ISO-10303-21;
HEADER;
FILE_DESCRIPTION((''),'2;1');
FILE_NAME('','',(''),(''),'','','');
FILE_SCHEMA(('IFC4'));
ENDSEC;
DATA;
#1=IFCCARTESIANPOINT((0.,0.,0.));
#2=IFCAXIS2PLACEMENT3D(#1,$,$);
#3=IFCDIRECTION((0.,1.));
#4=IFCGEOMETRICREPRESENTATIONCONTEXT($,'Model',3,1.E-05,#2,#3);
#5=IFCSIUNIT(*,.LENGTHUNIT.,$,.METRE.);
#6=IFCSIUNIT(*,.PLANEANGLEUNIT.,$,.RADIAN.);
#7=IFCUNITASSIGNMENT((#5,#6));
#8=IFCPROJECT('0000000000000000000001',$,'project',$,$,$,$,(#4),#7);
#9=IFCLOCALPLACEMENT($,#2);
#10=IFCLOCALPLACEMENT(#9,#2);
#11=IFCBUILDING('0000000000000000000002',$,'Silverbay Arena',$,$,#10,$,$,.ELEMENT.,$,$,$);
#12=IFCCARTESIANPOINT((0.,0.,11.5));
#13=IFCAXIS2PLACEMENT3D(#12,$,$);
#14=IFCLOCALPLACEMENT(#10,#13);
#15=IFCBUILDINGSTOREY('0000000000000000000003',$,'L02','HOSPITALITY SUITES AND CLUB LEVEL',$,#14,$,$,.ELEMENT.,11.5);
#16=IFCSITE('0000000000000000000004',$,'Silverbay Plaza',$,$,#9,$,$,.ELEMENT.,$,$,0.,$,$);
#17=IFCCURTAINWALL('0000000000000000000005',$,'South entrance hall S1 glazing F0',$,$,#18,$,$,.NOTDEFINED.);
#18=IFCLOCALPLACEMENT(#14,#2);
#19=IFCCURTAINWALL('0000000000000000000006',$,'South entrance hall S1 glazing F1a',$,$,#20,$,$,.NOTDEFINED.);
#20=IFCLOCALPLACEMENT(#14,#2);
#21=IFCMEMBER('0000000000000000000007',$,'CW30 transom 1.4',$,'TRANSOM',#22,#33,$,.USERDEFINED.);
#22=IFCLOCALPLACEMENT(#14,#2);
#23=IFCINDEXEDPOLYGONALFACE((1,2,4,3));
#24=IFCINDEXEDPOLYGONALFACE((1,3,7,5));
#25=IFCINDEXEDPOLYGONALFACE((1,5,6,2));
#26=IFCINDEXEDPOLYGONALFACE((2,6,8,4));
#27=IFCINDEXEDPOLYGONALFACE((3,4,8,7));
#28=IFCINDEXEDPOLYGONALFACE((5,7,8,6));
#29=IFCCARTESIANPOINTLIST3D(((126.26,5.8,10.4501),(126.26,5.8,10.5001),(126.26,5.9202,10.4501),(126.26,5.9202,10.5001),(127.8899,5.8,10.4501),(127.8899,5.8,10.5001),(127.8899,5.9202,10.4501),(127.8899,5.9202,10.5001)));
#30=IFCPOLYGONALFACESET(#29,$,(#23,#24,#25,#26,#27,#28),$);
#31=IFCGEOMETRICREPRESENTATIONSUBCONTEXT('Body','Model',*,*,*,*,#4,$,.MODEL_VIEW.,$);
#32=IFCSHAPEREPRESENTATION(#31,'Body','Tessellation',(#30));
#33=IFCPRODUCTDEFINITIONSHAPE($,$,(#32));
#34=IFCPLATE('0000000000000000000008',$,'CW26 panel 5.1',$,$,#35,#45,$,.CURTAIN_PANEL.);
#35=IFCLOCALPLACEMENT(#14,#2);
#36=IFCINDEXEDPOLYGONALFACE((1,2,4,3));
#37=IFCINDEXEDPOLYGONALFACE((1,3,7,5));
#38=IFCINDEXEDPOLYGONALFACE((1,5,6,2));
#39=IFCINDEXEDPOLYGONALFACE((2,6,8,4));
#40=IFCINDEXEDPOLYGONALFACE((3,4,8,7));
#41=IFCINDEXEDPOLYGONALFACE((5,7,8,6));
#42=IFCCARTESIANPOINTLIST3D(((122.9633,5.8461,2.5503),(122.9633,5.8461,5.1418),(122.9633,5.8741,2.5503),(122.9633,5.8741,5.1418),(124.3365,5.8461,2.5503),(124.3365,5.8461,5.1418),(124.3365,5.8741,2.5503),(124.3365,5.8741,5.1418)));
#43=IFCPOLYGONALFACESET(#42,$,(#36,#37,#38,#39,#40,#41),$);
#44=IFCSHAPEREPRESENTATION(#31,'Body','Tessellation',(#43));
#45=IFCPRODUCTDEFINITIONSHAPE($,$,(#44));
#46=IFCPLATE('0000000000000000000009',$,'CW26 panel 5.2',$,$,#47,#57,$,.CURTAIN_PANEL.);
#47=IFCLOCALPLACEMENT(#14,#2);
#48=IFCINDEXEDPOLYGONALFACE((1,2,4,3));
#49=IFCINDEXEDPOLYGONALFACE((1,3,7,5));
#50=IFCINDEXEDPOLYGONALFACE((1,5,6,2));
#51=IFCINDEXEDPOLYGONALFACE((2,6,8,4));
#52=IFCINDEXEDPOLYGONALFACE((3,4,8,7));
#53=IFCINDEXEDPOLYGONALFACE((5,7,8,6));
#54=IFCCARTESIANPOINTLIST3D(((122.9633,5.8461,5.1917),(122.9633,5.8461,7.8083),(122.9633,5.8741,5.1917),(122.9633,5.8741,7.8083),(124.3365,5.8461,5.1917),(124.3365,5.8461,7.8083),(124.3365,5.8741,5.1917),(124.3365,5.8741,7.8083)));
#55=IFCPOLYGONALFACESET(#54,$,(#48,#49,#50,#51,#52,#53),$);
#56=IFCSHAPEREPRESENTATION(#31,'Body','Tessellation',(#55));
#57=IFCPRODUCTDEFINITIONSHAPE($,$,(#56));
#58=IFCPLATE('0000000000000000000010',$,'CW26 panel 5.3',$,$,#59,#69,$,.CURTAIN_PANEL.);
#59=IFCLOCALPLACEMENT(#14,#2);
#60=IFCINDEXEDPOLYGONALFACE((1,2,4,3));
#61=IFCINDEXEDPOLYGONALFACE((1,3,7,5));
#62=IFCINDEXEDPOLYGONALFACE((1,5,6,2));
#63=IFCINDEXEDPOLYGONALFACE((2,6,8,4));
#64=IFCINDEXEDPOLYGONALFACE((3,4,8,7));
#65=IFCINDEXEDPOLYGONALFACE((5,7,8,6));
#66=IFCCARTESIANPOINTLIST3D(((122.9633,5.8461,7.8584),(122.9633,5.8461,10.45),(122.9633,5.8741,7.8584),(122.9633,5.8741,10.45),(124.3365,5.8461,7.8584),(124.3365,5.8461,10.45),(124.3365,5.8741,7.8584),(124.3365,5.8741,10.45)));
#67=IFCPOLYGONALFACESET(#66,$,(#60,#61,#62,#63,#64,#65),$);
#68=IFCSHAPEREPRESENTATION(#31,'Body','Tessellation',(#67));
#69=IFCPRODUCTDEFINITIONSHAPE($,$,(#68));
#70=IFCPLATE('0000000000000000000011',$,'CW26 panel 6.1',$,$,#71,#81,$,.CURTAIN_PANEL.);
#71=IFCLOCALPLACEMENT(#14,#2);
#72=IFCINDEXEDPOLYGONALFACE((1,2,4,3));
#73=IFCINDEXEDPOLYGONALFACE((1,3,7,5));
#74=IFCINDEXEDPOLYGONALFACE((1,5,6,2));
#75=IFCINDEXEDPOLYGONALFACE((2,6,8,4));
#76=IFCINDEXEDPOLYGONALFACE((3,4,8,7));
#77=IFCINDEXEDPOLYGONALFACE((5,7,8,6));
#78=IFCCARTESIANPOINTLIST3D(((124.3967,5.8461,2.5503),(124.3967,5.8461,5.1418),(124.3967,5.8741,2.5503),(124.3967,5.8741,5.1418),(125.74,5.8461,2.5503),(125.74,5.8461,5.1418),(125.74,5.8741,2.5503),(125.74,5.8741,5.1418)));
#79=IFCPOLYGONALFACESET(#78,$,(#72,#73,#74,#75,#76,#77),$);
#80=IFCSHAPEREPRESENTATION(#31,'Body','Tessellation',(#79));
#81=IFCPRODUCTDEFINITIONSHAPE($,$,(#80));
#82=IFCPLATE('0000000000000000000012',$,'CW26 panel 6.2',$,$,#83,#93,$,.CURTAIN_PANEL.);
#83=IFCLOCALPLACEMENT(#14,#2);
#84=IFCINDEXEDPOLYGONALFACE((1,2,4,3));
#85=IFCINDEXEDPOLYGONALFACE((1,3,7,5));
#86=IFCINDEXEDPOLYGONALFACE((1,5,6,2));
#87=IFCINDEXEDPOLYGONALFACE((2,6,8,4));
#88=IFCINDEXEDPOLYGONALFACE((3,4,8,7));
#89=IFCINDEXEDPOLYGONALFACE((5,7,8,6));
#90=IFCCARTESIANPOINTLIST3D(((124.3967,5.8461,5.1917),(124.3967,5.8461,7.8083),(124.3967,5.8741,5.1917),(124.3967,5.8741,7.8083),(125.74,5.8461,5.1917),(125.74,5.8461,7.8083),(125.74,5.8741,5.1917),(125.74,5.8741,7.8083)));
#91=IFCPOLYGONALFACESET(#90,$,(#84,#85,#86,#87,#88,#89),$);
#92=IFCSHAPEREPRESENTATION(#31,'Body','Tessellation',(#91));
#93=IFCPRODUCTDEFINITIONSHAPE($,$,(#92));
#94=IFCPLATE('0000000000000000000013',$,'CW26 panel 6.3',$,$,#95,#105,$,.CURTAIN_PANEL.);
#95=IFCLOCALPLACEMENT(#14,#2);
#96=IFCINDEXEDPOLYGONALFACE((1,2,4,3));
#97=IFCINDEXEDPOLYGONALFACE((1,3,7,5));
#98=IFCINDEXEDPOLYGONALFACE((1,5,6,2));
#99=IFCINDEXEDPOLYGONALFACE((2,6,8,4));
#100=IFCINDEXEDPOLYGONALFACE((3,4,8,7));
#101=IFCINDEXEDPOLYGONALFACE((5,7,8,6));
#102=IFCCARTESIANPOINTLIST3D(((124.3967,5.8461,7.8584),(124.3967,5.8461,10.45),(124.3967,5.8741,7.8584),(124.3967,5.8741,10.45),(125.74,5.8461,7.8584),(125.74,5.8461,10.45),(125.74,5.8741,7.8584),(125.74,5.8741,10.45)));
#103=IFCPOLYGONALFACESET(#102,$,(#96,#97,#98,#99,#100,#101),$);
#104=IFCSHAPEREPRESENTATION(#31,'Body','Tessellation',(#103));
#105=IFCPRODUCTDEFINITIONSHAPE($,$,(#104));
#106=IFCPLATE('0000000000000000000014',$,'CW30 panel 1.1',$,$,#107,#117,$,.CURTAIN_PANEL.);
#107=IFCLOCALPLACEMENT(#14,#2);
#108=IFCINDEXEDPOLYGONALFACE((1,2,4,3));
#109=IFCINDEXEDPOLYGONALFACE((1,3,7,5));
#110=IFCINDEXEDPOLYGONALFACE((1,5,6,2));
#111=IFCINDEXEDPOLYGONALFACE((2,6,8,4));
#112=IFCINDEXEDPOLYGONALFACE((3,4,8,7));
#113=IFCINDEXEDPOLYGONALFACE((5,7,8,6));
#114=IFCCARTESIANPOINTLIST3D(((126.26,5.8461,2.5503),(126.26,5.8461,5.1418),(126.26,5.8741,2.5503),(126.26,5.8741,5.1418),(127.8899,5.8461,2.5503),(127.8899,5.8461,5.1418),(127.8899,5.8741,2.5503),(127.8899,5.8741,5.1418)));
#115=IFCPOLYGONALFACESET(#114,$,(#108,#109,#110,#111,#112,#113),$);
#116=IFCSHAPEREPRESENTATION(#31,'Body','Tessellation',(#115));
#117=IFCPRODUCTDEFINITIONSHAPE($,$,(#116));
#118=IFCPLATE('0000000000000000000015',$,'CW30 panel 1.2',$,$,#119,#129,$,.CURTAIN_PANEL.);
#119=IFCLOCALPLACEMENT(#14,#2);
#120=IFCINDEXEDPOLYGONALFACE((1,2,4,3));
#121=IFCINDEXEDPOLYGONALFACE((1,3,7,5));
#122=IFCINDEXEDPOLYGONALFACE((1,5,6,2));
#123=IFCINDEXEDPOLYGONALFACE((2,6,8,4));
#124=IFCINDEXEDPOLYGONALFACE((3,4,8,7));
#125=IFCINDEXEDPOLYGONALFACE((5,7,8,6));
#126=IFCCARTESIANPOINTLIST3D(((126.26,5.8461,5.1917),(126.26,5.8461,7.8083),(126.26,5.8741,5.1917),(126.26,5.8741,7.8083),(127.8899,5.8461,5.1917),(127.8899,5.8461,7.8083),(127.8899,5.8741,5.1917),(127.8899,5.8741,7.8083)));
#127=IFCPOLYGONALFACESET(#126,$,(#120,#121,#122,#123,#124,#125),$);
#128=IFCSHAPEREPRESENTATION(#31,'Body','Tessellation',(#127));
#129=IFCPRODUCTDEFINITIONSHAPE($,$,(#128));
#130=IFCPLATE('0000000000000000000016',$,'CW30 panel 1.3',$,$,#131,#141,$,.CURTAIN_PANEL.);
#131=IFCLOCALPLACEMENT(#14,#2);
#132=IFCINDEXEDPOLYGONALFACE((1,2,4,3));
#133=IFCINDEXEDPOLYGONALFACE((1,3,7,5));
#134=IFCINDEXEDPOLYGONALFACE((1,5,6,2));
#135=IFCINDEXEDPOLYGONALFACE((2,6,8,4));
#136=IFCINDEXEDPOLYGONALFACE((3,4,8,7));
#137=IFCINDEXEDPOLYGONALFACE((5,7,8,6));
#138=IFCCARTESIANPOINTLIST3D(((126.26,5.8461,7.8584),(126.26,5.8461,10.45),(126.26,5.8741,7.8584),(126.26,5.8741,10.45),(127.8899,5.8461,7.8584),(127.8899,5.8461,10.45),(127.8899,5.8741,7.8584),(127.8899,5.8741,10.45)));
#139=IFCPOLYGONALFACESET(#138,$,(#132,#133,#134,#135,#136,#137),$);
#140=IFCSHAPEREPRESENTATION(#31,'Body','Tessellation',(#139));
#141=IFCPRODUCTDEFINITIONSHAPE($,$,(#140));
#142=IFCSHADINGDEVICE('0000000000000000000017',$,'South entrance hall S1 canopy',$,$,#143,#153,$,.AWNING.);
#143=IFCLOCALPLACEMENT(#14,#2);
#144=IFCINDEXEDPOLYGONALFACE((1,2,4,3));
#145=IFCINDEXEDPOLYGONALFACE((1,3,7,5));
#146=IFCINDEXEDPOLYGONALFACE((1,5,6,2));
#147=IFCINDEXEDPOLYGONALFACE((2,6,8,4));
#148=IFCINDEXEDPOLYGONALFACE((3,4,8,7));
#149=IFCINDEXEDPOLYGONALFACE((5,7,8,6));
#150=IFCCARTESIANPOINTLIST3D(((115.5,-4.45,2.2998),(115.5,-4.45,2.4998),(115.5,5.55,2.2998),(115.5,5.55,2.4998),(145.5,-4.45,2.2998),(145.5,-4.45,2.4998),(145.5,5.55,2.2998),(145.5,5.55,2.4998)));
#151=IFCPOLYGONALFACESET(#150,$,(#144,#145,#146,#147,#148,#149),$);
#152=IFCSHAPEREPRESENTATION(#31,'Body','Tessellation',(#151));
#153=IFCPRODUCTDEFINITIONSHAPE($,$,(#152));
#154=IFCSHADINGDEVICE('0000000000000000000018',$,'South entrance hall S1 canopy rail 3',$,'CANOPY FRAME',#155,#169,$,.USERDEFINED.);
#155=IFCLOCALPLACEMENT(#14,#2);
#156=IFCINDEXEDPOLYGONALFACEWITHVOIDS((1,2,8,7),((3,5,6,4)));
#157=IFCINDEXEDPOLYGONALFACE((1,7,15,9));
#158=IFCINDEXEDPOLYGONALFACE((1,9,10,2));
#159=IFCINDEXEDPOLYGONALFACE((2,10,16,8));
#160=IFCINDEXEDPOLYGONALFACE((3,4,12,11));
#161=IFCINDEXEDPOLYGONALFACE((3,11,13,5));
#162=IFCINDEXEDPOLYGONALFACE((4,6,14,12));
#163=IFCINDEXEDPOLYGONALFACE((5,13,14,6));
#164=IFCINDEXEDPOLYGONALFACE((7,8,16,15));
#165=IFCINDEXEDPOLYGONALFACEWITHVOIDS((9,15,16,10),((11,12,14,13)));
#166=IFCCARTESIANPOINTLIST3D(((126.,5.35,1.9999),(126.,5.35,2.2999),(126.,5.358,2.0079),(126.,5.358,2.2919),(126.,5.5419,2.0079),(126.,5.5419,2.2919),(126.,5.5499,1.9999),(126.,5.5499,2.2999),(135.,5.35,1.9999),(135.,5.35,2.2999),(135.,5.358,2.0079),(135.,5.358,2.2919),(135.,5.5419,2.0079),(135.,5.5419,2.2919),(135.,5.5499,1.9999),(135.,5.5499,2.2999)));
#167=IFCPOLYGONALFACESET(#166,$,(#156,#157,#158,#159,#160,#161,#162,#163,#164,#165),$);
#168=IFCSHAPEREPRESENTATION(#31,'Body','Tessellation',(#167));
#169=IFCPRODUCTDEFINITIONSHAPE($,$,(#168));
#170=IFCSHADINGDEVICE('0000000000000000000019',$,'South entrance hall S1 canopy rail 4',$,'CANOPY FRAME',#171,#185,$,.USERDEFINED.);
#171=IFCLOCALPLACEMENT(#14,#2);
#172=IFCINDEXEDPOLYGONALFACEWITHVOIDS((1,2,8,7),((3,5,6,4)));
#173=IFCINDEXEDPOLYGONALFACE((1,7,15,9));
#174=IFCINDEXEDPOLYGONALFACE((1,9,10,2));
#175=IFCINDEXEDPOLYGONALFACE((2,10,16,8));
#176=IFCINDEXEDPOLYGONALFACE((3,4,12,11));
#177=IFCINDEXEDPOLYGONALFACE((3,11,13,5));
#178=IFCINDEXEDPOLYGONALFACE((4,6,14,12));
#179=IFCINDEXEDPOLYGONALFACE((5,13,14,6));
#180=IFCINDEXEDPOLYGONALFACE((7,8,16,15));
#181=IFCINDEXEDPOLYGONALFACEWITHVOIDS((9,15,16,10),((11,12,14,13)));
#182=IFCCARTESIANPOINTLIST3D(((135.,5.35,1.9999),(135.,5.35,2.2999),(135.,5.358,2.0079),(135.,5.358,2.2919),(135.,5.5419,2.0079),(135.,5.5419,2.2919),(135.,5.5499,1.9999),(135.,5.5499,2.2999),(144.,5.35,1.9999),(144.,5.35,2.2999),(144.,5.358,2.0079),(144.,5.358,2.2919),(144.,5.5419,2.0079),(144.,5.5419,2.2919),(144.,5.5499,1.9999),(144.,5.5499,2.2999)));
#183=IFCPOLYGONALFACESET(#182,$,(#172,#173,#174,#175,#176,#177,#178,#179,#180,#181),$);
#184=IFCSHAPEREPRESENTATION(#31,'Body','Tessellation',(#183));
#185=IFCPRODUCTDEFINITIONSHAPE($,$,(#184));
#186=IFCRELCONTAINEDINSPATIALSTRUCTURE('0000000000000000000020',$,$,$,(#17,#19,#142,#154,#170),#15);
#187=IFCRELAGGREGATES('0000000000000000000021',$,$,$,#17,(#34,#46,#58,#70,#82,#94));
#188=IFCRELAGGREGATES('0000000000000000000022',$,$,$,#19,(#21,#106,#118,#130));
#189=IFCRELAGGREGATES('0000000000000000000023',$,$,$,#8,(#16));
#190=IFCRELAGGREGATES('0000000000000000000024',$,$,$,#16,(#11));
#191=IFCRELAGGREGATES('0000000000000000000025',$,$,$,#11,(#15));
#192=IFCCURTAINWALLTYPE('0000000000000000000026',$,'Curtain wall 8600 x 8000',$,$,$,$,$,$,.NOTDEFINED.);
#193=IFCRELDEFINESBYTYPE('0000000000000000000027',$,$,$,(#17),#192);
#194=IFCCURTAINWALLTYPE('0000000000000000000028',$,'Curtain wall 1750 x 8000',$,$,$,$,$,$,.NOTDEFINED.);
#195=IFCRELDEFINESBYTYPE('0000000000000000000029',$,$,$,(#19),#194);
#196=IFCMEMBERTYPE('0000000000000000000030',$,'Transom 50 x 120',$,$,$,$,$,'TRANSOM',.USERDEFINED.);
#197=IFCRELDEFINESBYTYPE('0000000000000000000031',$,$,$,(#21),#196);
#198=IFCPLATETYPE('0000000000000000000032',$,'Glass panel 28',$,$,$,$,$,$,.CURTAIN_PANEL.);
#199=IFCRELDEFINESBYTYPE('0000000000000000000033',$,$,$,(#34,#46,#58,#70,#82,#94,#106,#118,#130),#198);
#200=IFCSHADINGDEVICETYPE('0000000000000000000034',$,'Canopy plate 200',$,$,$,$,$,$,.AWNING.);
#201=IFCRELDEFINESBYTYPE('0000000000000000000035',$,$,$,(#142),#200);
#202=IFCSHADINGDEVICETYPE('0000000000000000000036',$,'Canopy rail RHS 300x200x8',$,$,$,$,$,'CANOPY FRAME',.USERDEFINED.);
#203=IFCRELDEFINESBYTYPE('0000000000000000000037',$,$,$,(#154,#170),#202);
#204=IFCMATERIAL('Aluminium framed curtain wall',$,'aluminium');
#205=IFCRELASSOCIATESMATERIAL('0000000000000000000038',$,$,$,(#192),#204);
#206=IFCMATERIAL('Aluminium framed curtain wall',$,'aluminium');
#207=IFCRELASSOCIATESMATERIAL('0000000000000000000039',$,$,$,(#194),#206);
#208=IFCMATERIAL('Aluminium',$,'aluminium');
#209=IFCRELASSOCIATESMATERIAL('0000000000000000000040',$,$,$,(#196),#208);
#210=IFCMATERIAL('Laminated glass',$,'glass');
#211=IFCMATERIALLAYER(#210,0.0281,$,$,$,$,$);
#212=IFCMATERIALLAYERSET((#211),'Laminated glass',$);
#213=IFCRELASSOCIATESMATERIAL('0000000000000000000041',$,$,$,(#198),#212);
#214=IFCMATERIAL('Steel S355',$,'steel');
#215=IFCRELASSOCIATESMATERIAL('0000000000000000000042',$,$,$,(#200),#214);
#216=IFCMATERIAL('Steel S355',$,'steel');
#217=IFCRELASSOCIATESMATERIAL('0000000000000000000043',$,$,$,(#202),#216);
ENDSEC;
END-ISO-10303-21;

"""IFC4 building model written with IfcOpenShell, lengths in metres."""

from ifc_helpers import new_model, si_unit, direction, frame, origin, origin_2d, place, context, subcontext, project, spatial, rectangle, hollow_rectangle, extrude, material, layer, layer_set, material_profile, profile_set, type_object, element, aggregate, save


model = new_model("IFC4")

# Units and contexts
model_context = context("Model", 3, precision=1e-05, world=origin(), true_north=direction((0.0, 1.0)))
body_context = subcontext(model_context, "Body", "Model", "MODEL_VIEW")
ifc_project = project(units=[si_unit("LENGTHUNIT", "METRE"), si_unit("PLANEANGLEUNIT", "RADIAN")], contexts=[model_context])

# Site, building, storey
site_placement = place(None, origin())
site = spatial("IfcSite", under=ifc_project, at=site_placement, Name="Silverbay Plaza", CompositionType="ELEMENT", RefElevation=0.0)
building_placement = place(site_placement, origin())
building = spatial("IfcBuilding", under=site, at=building_placement, Name="Silverbay Arena", CompositionType="ELEMENT")
storey_placement = place(building_placement, frame((0.0, 0.0, 11.5)))
storey = spatial("IfcBuildingStorey", under=building, at=storey_placement, Name="L02", Description="HOSPITALITY SUITES AND CLUB LEVEL", CompositionType="ELEMENT", Elevation=11.5)

# Curtain wall
ifc_material_1 = material(Name="Aluminium framed curtain wall", Category="aluminium")
curtain_wall_type_1 = type_object("IfcCurtainWallType", Name="Curtain wall 8600 x 8000", PredefinedType="NOTDEFINED", material=ifc_material_1)
curtain_wall_1_placement = place(storey_placement, origin())
curtain_wall_1 = element("IfcCurtainWall", 1, at=curtain_wall_1_placement, inside=storey, type_object=curtain_wall_type_1, Name="South entrance hall S1 glazing F0", PredefinedType="NOTDEFINED")

# Curtain wall
ifc_material_2 = material(Name="Aluminium framed curtain wall", Category="aluminium")
curtain_wall_type_2 = type_object("IfcCurtainWallType", Name="Curtain wall 1750 x 8000", PredefinedType="NOTDEFINED", material=ifc_material_2)
curtain_wall_2_placement = place(storey_placement, origin())
curtain_wall_2 = element("IfcCurtainWall", 2, at=curtain_wall_2_placement, inside=storey, type_object=curtain_wall_type_2, Name="South entrance hall S1 glazing F1a", PredefinedType="NOTDEFINED")

# Member
ifc_material_3 = material(Name="Aluminium", Category="aluminium")
ifc_material_profile_1 = material_profile(ifc_material_3, rectangle(XDim=0.1201, YDim=0.05, at=origin_2d()), Name="Transom 50 x 120")
ifc_profile_set_1 = profile_set([ifc_material_profile_1], Name="Aluminium")
member_type_1 = type_object("IfcMemberType", Name="Transom 50 x 120", ElementType="TRANSOM", PredefinedType="USERDEFINED", material=ifc_profile_set_1)
member_1_placement = place(storey_placement, frame((126.26, 5.8601, 10.4751), z_axis=(1.0, 0.0, 0.0), x_axis=(0.0, 1.0, 0.0)))
member_1 = element("IfcMember", 3, at=member_1_placement, type_object=member_type_1, Name="CW30 transom 1.4", ObjectType="TRANSOM", PredefinedType="USERDEFINED", context=body_context, shape_type="SweptSolid", body=[
    extrude(rectangle(XDim=0.1201, YDim=0.05, at=origin_2d()), origin(), (0.0, 0.0, 1.0), 1.6299),
])

# Plates
ifc_material_4 = material(Name="Laminated glass", Category="glass")
ifc_layer = layer(ifc_material_4, 0.0281)
ifc_layer_set = layer_set([ifc_layer], Name="Laminated glass")
plate_type = type_object("IfcPlateType", Name="Glass panel 28", PredefinedType="CURTAIN_PANEL", material=ifc_layer_set)
plate_1_placement = place(storey_placement, frame((123.6499, 5.8601, 2.5503), z_axis=(0.0, 0.0, 1.0), x_axis=(1.0, 0.0, 0.0)))
plate_1 = element("IfcPlate", 4, at=plate_1_placement, type_object=plate_type, Name="CW26 panel 5.1", PredefinedType="CURTAIN_PANEL", context=body_context, shape_type="SweptSolid", body=[
    extrude(rectangle(XDim=1.3733, YDim=0.0281, at=origin_2d()), origin(), (0.0, 0.0, 1.0), 2.5916),
])
plate_2_placement = place(storey_placement, frame((123.6499, 5.8601, 5.1917), z_axis=(0.0, 0.0, 1.0), x_axis=(1.0, 0.0, 0.0)))
plate_2 = element("IfcPlate", 5, at=plate_2_placement, type_object=plate_type, Name="CW26 panel 5.2", PredefinedType="CURTAIN_PANEL", context=body_context, shape_type="SweptSolid", body=[
    extrude(rectangle(XDim=1.3733, YDim=0.0281, at=origin_2d()), origin(), (0.0, 0.0, 1.0), 2.6167),
])
plate_3_placement = place(storey_placement, frame((123.6499, 5.8601, 7.8584), z_axis=(0.0, 0.0, 1.0), x_axis=(1.0, 0.0, 0.0)))
plate_3 = element("IfcPlate", 6, at=plate_3_placement, type_object=plate_type, Name="CW26 panel 5.3", PredefinedType="CURTAIN_PANEL", context=body_context, shape_type="SweptSolid", body=[
    extrude(rectangle(XDim=1.3733, YDim=0.0281, at=origin_2d()), origin(), (0.0, 0.0, 1.0), 2.5916),
])
plate_4_placement = place(storey_placement, frame((125.0684, 5.8601, 2.5503), z_axis=(0.0, 0.0, 1.0), x_axis=(1.0, 0.0, 0.0)))
plate_4 = element("IfcPlate", 7, at=plate_4_placement, type_object=plate_type, Name="CW26 panel 6.1", PredefinedType="CURTAIN_PANEL", context=body_context, shape_type="SweptSolid", body=[
    extrude(rectangle(XDim=1.3433, YDim=0.0281, at=origin_2d()), origin(), (0.0, 0.0, 1.0), 2.5916),
])
plate_5_placement = place(storey_placement, frame((125.0684, 5.8601, 5.1917), z_axis=(0.0, 0.0, 1.0), x_axis=(1.0, 0.0, 0.0)))
plate_5 = element("IfcPlate", 8, at=plate_5_placement, type_object=plate_type, Name="CW26 panel 6.2", PredefinedType="CURTAIN_PANEL", context=body_context, shape_type="SweptSolid", body=[
    extrude(rectangle(XDim=1.3433, YDim=0.0281, at=origin_2d()), origin(), (0.0, 0.0, 1.0), 2.6167),
])
plate_6_placement = place(storey_placement, frame((125.0684, 5.8601, 7.8584), z_axis=(0.0, 0.0, 1.0), x_axis=(1.0, 0.0, 0.0)))
plate_6 = element("IfcPlate", 9, at=plate_6_placement, type_object=plate_type, Name="CW26 panel 6.3", PredefinedType="CURTAIN_PANEL", context=body_context, shape_type="SweptSolid", body=[
    extrude(rectangle(XDim=1.3433, YDim=0.0281, at=origin_2d()), origin(), (0.0, 0.0, 1.0), 2.5916),
])
aggregate(curtain_wall_1, [plate_1, plate_2, plate_3, plate_4, plate_5, plate_6])
plate_7_placement = place(storey_placement, frame((127.075, 5.8601, 2.5503), z_axis=(0.0, 0.0, 1.0), x_axis=(1.0, 0.0, 0.0)))
plate_7 = element("IfcPlate", 10, at=plate_7_placement, type_object=plate_type, Name="CW30 panel 1.1", PredefinedType="CURTAIN_PANEL", context=body_context, shape_type="SweptSolid", body=[
    extrude(rectangle(XDim=1.6299, YDim=0.0281, at=origin_2d()), origin(), (0.0, 0.0, 1.0), 2.5916),
])
plate_8_placement = place(storey_placement, frame((127.075, 5.8601, 5.1917), z_axis=(0.0, 0.0, 1.0), x_axis=(1.0, 0.0, 0.0)))
plate_8 = element("IfcPlate", 11, at=plate_8_placement, type_object=plate_type, Name="CW30 panel 1.2", PredefinedType="CURTAIN_PANEL", context=body_context, shape_type="SweptSolid", body=[
    extrude(rectangle(XDim=1.6299, YDim=0.0281, at=origin_2d()), origin(), (0.0, 0.0, 1.0), 2.6167),
])
plate_9_placement = place(storey_placement, frame((127.075, 5.8601, 7.8584), z_axis=(0.0, 0.0, 1.0), x_axis=(1.0, 0.0, 0.0)))
plate_9 = element("IfcPlate", 12, at=plate_9_placement, type_object=plate_type, Name="CW30 panel 1.3", PredefinedType="CURTAIN_PANEL", context=body_context, shape_type="SweptSolid", body=[
    extrude(rectangle(XDim=1.6299, YDim=0.0281, at=origin_2d()), origin(), (0.0, 0.0, 1.0), 2.5916),
])
aggregate(curtain_wall_2, [member_1, plate_7, plate_8, plate_9])

# Shading devices
ifc_material_5 = material(Name="Steel S355", Category="steel")
shading_device_type_1 = type_object("IfcShadingDeviceType", Name="Canopy plate 200", PredefinedType="AWNING", material=ifc_material_5)
shading_device_placement = place(storey_placement, frame((130.5, 0.55, 2.2998), z_axis=(0.0, 0.0, 1.0), x_axis=(1.0, 0.0, 0.0)))
element("IfcShadingDevice", 13, at=shading_device_placement, inside=storey, type_object=shading_device_type_1, Name="South entrance hall S1 canopy", PredefinedType="AWNING", context=body_context, shape_type="SweptSolid", body=[
    extrude(rectangle(XDim=30.0, YDim=10.0, at=origin_2d()), origin(), (0.0, 0.0, 1.0), 0.2),
])
ifc_material_6 = material(Name="Steel S355", Category="steel")
ifc_material_profile_2 = material_profile(ifc_material_6, hollow_rectangle(XDim=0.2, YDim=0.3, WallThickness=0.0081, at=origin_2d()), Name="RHS 300x200x8")
ifc_profile_set_2 = profile_set([ifc_material_profile_2], Name="Steel S355")
shading_device_type_2 = type_object("IfcShadingDeviceType", Name="Canopy rail RHS 300x200x8", ElementType="CANOPY FRAME", PredefinedType="USERDEFINED", material=ifc_profile_set_2)
for number, where, z_axis, x_axis, name in (
    (14, (126.0, 5.45, 2.1499), (1.0, 0.0, 0.0), (0.0, 1.0, 0.0), "South entrance hall S1 canopy rail 3"),
    (15, (135.0, 5.45, 2.1499), (1.0, 0.0, 0.0), (0.0, 1.0, 0.0), "South entrance hall S1 canopy rail 4"),
):
    element("IfcShadingDevice", number, at=place(storey_placement, frame(where, z_axis=z_axis, x_axis=x_axis)), inside=storey, type_object=shading_device_type_2, Name=name, ObjectType="CANOPY FRAME", PredefinedType="USERDEFINED", context=body_context, shape_type="SweptSolid", body=[
        extrude(hollow_rectangle(XDim=0.2, YDim=0.3, WallThickness=0.0081, at=origin_2d()), origin(), (0.0, 0.0, 1.0), 9.0),
    ])

save(model, "model.ifc")
